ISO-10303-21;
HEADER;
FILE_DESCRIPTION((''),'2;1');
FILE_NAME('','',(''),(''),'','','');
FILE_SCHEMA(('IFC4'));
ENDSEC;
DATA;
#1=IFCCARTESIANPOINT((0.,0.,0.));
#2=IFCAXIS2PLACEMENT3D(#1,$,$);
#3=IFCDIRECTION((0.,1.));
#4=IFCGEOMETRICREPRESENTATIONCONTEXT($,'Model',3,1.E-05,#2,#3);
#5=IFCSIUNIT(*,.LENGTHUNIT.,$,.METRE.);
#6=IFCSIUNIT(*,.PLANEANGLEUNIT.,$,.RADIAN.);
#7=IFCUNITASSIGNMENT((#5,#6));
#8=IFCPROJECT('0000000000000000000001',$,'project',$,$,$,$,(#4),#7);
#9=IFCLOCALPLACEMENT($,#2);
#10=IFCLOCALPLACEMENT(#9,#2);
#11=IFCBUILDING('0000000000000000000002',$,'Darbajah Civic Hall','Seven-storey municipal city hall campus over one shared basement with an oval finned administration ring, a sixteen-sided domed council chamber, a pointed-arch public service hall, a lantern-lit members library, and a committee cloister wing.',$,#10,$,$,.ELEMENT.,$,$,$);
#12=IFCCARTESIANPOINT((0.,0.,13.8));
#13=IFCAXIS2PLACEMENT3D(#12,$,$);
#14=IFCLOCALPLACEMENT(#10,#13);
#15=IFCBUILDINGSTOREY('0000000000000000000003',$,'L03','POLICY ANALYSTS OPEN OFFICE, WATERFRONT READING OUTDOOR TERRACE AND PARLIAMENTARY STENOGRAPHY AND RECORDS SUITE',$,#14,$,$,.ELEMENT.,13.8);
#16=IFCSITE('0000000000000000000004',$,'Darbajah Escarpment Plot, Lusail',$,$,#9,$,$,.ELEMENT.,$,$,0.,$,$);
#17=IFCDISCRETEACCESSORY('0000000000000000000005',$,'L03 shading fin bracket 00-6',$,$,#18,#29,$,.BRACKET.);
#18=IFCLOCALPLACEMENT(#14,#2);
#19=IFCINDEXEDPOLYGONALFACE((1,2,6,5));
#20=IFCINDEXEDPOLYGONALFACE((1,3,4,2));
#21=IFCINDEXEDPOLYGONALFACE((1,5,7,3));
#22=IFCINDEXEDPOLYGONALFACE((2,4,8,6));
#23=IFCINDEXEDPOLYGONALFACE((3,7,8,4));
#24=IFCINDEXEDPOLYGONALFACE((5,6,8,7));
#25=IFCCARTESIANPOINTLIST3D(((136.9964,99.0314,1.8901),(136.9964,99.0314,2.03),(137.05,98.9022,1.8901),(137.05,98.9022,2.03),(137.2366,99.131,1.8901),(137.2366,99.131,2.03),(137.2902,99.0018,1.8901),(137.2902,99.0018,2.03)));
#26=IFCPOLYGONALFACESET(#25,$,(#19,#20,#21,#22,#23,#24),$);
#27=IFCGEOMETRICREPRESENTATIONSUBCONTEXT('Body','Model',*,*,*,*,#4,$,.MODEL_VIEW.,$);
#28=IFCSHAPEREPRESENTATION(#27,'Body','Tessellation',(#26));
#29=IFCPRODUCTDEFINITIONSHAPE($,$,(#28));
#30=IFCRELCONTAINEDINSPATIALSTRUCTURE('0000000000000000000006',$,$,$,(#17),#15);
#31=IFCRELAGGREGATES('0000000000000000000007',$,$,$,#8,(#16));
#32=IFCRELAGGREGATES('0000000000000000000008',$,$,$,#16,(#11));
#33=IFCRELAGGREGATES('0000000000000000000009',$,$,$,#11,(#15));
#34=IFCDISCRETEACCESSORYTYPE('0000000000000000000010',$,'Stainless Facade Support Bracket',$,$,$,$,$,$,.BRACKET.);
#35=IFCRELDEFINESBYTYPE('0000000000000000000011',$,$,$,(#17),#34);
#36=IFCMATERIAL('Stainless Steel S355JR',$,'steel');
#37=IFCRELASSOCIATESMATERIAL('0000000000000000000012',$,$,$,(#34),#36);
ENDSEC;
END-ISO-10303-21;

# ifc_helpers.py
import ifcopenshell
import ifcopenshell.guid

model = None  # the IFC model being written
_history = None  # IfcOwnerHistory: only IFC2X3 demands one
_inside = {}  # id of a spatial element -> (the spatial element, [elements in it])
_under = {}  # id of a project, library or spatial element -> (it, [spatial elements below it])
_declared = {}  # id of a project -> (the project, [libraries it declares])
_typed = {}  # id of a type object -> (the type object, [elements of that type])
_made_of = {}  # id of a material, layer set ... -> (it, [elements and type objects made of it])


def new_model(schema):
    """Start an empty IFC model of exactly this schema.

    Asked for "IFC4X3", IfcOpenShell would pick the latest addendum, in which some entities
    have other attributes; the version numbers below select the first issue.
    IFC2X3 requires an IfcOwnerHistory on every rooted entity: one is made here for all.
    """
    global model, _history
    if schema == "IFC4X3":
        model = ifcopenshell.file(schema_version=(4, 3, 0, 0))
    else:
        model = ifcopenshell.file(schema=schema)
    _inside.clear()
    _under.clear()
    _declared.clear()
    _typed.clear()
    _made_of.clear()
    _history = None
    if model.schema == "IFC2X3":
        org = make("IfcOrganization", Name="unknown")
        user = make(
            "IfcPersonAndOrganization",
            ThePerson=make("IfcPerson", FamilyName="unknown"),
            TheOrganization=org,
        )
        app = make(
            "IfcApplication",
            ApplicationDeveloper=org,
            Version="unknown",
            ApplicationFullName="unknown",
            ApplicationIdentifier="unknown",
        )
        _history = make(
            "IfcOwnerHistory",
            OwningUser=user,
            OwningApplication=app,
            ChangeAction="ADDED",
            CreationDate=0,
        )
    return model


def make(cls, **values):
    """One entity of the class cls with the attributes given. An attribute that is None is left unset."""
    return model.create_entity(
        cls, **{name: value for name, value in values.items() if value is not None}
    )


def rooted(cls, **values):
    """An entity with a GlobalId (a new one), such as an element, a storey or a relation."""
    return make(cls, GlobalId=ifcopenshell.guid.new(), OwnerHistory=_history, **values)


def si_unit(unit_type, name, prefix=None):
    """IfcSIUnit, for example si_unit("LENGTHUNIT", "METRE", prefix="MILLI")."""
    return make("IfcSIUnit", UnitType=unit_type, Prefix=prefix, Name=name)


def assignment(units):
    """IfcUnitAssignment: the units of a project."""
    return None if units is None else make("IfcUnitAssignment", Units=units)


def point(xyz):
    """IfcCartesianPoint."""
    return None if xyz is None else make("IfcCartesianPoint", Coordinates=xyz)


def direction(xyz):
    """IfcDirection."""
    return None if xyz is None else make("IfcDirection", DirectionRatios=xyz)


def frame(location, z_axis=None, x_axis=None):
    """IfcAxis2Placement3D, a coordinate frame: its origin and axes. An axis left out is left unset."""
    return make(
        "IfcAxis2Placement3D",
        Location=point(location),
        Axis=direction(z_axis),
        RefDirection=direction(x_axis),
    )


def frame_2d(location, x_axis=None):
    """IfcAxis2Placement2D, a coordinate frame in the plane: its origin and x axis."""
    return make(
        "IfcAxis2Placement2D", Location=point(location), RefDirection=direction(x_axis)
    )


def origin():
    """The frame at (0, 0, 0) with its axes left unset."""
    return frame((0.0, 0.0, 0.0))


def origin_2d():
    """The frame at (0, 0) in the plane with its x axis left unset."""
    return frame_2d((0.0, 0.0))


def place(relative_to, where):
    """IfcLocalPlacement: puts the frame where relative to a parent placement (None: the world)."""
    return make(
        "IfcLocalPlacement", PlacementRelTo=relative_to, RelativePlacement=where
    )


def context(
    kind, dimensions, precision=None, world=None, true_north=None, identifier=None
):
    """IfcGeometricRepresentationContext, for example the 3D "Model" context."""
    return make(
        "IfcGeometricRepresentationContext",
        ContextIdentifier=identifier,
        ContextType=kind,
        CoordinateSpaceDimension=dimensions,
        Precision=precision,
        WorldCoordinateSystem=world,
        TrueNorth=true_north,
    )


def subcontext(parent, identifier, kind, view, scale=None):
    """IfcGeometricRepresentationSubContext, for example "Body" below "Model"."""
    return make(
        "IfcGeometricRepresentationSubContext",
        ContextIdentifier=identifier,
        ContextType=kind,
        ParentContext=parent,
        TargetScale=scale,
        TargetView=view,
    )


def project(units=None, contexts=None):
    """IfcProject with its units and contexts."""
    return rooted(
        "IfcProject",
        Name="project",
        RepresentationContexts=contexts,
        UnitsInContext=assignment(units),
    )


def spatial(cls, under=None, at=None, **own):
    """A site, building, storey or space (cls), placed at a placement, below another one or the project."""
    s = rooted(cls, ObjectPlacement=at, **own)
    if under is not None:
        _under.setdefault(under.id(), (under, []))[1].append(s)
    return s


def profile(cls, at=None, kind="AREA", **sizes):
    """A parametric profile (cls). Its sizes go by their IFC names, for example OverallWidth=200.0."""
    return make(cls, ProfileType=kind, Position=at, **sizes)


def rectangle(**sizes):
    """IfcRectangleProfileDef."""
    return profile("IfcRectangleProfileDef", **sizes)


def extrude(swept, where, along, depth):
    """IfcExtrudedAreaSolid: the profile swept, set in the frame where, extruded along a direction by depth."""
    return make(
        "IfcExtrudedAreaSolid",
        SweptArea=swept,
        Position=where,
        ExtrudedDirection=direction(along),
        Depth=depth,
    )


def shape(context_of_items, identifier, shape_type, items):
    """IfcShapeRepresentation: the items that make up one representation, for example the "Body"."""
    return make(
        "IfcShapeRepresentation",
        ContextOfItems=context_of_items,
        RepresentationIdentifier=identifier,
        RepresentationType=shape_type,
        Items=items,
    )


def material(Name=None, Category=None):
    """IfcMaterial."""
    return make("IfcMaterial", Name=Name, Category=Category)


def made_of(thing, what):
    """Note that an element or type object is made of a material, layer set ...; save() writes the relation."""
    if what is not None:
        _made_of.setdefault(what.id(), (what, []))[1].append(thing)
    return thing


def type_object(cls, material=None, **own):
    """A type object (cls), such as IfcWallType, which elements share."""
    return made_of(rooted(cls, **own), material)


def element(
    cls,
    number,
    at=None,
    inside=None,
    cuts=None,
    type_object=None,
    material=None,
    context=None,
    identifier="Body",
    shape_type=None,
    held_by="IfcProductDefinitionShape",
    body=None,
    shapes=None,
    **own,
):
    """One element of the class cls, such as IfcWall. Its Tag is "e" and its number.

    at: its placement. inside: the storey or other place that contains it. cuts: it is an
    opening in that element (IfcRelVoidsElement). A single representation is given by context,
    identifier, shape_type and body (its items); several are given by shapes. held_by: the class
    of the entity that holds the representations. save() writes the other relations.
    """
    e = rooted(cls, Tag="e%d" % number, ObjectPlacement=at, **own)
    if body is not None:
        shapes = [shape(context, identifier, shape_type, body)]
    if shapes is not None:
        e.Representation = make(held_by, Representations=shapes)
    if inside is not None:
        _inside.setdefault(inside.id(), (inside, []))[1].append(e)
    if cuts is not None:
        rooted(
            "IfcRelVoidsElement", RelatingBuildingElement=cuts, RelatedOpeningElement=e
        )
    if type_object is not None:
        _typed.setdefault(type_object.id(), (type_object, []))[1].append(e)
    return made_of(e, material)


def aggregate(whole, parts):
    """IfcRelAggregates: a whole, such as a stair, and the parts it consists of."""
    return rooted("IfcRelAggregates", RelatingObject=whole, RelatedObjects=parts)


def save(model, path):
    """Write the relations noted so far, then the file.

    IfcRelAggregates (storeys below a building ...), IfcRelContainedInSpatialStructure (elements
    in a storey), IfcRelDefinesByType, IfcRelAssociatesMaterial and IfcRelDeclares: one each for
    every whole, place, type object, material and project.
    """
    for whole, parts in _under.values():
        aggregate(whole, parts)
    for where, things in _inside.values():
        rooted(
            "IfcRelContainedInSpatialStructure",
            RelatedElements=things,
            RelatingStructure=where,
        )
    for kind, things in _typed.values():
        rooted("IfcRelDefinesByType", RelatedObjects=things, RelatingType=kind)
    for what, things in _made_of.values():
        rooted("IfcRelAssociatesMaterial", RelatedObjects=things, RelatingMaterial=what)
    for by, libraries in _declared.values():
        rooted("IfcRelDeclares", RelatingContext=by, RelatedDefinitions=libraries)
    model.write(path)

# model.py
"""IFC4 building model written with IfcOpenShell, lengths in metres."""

from ifc_helpers import new_model, si_unit, direction, frame, origin, origin_2d, place, context, subcontext, project, spatial, rectangle, extrude, material, type_object, element, save


model = new_model("IFC4")

# Units and contexts
model_context = context("Model", 3, precision=1e-05, world=origin(), true_north=direction((0.0, 1.0)))
body_context = subcontext(model_context, "Body", "Model", "MODEL_VIEW")
ifc_project = project(units=[si_unit("LENGTHUNIT", "METRE"), si_unit("PLANEANGLEUNIT", "RADIAN")], contexts=[model_context])

# Site, building, storey
site_placement = place(None, origin())
site = spatial("IfcSite", under=ifc_project, at=site_placement, Name="Darbajah Escarpment Plot, Lusail", CompositionType="ELEMENT", RefElevation=0.0)
building_placement = place(site_placement, origin())
building = spatial("IfcBuilding", under=site, at=building_placement, Name="Darbajah Civic Hall", Description="Seven-storey municipal city hall campus over one shared basement with an oval finned administration ring, a sixteen-sided domed council chamber, a pointed-arch public service hall, a lantern-lit members library, and a committee cloister wing.", CompositionType="ELEMENT")
storey_placement = place(building_placement, frame((0.0, 0.0, 13.8)))
storey = spatial("IfcBuildingStorey", under=building, at=storey_placement, Name="L03", Description="POLICY ANALYSTS OPEN OFFICE, WATERFRONT READING OUTDOOR TERRACE AND PARLIAMENTARY STENOGRAPHY AND RECORDS SUITE", CompositionType="ELEMENT", Elevation=13.8)

# Discrete accessory
ifc_material_1 = material(Name="Stainless Steel S355JR", Category="steel")
discrete_accessory_type = type_object("IfcDiscreteAccessoryType", Name="Stainless Facade Support Bracket", PredefinedType="BRACKET", material=ifc_material_1)
for number, where, z_axis, x_axis, name in (
    (1, (137.1433, 99.0166, 1.8901), (0.0, 0.0, 1.0), (0.923612, 0.383328, 0.0), "L03 shading fin bracket 00-6"),
):
    element("IfcDiscreteAccessory", number, at=place(storey_placement, frame(where, z_axis=z_axis, x_axis=x_axis)), inside=storey, type_object=discrete_accessory_type, Name=name, PredefinedType="BRACKET", context=body_context, shape_type="SweptSolid", body=[
        extrude(rectangle(XDim=0.26, YDim=0.1399, at=origin_2d()), origin(), (0.0, 0.0, 1.0), 0.1399),
    ])

save(model, "model.ifc")
